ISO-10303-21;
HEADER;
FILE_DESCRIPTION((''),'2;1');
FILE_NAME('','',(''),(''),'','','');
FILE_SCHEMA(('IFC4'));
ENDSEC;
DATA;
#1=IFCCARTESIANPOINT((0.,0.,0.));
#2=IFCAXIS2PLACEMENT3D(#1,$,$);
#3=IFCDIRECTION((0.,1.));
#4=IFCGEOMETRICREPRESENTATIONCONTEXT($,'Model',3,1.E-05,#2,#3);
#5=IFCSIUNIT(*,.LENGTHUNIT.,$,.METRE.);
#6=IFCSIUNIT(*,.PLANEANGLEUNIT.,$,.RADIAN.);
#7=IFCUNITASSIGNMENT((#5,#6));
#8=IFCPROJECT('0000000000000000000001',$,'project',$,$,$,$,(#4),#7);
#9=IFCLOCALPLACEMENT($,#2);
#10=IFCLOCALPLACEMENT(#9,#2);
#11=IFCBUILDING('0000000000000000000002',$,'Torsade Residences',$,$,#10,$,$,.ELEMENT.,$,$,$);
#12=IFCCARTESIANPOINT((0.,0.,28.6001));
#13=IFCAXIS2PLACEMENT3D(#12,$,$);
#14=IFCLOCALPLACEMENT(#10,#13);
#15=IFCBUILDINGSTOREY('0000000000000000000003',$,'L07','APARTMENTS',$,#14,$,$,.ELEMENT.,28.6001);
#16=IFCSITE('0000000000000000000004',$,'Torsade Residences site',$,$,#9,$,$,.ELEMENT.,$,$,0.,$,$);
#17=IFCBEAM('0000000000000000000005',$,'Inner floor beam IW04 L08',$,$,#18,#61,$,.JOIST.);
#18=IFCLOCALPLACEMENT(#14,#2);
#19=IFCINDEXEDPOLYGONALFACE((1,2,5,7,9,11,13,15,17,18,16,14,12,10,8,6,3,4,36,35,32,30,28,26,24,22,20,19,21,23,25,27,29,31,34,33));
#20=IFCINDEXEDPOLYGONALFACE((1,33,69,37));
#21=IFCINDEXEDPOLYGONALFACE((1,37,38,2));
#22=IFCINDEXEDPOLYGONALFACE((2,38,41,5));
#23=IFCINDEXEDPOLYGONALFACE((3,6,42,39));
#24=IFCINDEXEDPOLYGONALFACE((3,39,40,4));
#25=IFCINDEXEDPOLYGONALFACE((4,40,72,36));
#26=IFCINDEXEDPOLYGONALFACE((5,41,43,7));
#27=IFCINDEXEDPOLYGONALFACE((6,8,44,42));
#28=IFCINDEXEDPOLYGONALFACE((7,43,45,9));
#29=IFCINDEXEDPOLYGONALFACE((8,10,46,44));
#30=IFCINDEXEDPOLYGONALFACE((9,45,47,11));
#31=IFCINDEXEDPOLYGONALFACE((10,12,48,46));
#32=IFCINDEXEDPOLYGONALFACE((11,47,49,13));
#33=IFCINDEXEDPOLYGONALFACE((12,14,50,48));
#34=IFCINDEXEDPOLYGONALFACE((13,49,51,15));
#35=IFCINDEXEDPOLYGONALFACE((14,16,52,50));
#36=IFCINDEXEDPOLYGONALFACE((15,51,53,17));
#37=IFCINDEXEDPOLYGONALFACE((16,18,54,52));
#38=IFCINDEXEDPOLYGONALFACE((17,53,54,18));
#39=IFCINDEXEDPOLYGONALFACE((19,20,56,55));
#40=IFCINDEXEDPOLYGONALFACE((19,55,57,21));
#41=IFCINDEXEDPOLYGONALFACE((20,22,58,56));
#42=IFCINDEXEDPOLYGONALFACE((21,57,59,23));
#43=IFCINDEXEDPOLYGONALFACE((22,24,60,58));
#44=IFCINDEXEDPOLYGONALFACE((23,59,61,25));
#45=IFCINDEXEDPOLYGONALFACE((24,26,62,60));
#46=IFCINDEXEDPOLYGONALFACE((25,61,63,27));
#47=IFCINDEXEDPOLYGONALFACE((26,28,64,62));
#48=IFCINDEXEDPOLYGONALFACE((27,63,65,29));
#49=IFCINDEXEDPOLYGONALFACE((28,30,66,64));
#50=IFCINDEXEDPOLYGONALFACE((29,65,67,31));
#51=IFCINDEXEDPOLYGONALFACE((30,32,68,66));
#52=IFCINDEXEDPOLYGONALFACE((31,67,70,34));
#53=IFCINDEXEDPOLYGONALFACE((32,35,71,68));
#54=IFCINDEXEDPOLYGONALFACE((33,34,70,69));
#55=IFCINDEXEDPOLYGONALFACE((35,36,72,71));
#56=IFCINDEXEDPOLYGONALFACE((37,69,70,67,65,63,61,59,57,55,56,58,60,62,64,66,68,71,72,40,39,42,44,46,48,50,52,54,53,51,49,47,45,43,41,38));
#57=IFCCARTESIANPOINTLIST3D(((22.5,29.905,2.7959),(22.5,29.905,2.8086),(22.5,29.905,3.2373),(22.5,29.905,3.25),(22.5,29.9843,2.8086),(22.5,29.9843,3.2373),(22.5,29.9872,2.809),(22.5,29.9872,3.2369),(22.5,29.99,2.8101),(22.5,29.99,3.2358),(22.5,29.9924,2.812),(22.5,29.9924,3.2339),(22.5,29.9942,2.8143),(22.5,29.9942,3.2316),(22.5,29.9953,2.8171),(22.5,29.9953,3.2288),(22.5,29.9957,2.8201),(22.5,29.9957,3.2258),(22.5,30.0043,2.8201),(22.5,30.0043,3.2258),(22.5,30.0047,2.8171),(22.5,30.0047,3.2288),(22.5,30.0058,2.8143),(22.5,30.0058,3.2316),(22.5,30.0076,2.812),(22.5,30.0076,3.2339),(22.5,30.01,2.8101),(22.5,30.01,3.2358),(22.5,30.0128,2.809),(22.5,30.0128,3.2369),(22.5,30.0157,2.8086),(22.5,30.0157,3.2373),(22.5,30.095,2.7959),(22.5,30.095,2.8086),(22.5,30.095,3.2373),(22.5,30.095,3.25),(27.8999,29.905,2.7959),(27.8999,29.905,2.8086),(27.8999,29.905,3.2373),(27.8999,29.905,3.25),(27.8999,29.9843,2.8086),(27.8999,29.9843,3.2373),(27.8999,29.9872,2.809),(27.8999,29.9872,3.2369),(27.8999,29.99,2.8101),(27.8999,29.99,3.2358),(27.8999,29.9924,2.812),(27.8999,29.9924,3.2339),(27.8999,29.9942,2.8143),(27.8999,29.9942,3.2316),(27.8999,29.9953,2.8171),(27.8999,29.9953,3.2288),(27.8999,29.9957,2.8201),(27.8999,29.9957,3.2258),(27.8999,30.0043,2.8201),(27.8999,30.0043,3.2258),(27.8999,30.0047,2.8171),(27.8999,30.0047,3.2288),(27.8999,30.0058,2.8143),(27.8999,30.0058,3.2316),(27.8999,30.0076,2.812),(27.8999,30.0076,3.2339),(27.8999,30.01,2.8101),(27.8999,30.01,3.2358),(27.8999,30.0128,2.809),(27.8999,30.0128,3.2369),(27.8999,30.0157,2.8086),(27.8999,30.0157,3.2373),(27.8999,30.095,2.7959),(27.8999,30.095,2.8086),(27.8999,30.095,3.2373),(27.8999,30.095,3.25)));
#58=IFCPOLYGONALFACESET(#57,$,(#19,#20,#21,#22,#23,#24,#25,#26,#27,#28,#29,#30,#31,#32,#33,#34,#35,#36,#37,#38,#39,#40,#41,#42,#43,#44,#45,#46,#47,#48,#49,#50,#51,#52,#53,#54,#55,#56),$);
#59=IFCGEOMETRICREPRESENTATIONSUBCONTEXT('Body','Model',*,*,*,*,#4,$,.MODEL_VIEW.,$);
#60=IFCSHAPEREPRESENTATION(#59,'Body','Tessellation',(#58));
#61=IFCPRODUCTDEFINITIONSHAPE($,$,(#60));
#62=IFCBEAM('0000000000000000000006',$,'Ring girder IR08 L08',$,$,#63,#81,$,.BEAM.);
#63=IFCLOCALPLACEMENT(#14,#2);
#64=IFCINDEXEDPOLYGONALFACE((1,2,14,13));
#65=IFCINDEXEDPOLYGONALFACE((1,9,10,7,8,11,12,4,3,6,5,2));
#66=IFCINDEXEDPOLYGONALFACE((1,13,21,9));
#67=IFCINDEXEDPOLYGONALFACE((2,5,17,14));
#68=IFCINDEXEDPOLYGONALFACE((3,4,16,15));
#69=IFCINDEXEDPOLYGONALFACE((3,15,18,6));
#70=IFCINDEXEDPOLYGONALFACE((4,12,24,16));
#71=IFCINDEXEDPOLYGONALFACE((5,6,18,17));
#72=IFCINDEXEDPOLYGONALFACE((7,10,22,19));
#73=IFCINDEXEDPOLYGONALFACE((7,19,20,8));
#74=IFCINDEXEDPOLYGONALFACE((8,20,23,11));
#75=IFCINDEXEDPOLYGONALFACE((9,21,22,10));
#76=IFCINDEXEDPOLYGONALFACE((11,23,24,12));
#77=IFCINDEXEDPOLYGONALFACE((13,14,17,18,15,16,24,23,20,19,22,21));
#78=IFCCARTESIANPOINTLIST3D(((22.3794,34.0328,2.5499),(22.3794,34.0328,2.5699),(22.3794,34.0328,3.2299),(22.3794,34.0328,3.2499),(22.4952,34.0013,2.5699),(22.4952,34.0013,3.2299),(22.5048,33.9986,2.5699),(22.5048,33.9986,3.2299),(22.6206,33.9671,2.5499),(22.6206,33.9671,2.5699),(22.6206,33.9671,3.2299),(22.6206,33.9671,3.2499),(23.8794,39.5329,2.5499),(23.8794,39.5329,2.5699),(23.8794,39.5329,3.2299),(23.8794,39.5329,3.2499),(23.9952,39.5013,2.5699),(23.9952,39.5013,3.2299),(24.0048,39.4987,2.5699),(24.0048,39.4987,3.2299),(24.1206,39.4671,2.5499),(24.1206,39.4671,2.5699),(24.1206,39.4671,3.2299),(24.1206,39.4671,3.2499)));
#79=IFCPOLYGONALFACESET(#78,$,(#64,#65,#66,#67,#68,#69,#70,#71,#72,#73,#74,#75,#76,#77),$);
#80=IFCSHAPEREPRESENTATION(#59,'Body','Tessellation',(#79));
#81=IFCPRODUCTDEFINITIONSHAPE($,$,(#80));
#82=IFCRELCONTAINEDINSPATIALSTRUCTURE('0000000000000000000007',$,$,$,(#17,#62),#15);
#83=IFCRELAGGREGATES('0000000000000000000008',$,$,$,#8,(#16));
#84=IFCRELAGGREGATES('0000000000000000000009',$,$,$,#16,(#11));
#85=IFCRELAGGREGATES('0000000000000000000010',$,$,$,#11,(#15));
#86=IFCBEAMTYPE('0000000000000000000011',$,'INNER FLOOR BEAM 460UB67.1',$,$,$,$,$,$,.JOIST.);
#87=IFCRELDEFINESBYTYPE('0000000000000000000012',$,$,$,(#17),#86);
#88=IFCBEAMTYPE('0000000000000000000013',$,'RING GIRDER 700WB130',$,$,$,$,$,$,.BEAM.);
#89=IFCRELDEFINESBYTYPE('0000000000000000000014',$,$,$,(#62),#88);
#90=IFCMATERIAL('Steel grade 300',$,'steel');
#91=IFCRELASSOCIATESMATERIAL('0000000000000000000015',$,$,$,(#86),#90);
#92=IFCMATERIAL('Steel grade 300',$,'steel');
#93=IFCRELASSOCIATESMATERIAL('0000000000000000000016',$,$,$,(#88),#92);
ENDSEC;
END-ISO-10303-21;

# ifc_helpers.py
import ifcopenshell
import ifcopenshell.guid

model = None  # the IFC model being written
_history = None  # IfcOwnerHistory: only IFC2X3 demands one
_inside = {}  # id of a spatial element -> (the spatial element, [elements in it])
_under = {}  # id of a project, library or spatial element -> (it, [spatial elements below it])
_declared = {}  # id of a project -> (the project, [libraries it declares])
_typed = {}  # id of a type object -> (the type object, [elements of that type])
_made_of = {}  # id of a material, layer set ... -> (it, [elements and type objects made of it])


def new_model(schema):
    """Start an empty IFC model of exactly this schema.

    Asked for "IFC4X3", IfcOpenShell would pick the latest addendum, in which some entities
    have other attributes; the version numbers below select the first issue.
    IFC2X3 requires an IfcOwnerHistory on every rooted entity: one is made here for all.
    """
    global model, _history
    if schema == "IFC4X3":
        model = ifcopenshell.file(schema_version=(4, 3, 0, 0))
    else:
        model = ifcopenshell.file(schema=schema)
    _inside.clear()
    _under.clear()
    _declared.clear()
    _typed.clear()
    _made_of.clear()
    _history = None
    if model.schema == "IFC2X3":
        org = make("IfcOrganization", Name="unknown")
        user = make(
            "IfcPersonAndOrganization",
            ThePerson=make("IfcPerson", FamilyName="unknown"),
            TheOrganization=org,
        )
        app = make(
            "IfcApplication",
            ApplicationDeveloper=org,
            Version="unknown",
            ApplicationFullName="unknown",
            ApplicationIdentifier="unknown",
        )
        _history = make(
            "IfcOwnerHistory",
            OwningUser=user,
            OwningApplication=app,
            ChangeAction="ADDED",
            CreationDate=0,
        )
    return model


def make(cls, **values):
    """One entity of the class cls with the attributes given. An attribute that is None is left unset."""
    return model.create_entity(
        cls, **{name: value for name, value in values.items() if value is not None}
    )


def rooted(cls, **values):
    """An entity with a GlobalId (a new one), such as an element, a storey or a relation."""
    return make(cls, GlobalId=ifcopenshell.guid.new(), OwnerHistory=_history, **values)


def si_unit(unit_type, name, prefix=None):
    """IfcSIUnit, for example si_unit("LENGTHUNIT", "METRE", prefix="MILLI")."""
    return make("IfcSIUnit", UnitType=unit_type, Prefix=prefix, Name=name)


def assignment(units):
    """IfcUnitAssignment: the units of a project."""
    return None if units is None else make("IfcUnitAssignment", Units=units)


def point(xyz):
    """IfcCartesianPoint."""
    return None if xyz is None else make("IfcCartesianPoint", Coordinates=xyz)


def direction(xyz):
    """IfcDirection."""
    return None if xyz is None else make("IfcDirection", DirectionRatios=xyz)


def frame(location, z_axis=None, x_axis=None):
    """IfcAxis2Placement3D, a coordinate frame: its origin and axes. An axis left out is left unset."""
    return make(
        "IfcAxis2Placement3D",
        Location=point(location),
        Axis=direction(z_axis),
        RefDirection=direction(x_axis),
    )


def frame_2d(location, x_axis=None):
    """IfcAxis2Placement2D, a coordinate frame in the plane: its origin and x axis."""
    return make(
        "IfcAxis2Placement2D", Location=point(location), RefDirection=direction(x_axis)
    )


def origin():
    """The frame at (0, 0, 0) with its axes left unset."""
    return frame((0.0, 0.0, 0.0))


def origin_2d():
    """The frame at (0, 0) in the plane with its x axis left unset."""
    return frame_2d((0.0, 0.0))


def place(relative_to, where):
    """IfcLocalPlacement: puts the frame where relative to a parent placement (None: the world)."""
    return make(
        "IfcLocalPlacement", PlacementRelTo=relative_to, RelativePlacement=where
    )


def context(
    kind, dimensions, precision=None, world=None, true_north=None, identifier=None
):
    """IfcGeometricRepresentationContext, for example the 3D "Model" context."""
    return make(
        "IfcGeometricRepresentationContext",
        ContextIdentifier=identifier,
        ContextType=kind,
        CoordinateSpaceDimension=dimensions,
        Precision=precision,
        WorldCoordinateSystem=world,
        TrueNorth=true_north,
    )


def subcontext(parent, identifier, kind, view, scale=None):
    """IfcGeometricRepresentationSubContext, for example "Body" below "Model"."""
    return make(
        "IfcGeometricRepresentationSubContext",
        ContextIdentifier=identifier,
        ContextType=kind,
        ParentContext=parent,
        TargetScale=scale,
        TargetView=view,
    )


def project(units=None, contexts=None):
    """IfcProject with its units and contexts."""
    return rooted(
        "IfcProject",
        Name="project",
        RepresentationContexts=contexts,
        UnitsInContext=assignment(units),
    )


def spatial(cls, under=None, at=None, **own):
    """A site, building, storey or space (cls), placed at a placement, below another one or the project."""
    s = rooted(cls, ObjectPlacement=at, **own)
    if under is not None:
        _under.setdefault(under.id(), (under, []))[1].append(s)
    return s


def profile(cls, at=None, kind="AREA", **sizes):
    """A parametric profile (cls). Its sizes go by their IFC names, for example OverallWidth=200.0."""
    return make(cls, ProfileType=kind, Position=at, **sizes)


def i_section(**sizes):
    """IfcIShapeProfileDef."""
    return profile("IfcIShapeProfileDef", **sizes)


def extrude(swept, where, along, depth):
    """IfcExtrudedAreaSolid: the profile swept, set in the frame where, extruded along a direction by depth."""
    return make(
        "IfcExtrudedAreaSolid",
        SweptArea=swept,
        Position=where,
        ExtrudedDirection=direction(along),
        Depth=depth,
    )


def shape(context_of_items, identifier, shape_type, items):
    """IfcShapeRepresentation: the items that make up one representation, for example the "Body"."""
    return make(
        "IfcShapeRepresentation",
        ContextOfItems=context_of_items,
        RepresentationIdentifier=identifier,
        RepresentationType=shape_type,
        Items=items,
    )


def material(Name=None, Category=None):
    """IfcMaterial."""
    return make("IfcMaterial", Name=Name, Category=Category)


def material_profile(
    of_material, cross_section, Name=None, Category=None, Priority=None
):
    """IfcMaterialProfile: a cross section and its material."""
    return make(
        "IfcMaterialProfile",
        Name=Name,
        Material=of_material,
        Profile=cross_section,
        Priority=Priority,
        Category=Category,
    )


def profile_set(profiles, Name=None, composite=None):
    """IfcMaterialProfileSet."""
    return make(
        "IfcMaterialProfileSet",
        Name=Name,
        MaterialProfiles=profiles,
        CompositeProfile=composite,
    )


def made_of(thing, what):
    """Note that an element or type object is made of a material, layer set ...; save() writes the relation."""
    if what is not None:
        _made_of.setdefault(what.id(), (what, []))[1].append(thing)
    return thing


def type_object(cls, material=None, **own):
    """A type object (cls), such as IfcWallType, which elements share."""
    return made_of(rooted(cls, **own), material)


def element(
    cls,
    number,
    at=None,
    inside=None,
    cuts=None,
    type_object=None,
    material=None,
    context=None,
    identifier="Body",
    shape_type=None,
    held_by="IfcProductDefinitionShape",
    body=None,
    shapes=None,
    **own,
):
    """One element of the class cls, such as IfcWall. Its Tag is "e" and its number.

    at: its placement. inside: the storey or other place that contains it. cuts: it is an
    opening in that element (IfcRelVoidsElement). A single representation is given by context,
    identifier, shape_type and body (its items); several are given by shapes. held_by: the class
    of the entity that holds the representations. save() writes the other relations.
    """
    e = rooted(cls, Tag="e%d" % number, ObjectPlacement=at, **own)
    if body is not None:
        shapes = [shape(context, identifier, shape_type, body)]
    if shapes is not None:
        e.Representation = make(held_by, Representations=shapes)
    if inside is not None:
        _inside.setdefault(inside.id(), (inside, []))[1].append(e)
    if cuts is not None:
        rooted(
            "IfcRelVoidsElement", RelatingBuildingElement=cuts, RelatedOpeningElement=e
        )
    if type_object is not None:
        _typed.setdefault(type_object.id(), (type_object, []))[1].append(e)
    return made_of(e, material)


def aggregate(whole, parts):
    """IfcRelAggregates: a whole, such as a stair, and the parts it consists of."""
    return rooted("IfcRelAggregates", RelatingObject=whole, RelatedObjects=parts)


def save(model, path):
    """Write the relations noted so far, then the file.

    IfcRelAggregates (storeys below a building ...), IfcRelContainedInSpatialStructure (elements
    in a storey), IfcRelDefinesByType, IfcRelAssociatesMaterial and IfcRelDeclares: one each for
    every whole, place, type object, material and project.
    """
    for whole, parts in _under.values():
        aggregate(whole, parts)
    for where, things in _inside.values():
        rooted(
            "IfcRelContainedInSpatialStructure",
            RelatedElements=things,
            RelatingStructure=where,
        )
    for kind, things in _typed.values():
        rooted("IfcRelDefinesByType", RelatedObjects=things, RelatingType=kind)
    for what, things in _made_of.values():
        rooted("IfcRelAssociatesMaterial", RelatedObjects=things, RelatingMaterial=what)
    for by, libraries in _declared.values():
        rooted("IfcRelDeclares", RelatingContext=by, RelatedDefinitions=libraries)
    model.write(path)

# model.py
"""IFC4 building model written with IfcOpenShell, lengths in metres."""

from ifc_helpers import new_model, si_unit, direction, frame, origin, origin_2d, place, context, subcontext, project, spatial, i_section, extrude, material, material_profile, profile_set, type_object, element, save


model = new_model("IFC4")

# Units and contexts
model_context = context("Model", 3, precision=1e-05, world=origin(), true_north=direction((0.0, 1.0)))
body_context = subcontext(model_context, "Body", "Model", "MODEL_VIEW")
ifc_project = project(units=[si_unit("LENGTHUNIT", "METRE"), si_unit("PLANEANGLEUNIT", "RADIAN")], contexts=[model_context])

# Site, building, storey
site_placement = place(None, origin())
site = spatial("IfcSite", under=ifc_project, at=site_placement, Name="Torsade Residences site", CompositionType="ELEMENT", RefElevation=0.0)
building_placement = place(site_placement, origin())
building = spatial("IfcBuilding", under=site, at=building_placement, Name="Torsade Residences", CompositionType="ELEMENT")
storey_placement = place(building_placement, frame((0.0, 0.0, 28.6001)))
storey = spatial("IfcBuildingStorey", under=building, at=storey_placement, Name="L07", Description="APARTMENTS", CompositionType="ELEMENT", Elevation=28.6001)

# Beams
ifc_material_1 = material(Name="Steel grade 300", Category="steel")
ifc_material_profile_1 = material_profile(ifc_material_1, i_section(OverallWidth=0.1899, OverallDepth=0.4541, WebThickness=0.0085, FlangeThickness=0.0127, FilletRadius=0.0115, at=origin_2d()), Name="460UB67.1")
ifc_profile_set_1 = profile_set([ifc_material_profile_1], Name="Steel grade 300")
beam_type_1 = type_object("IfcBeamType", Name="INNER FLOOR BEAM 460UB67.1", PredefinedType="JOIST", material=ifc_profile_set_1)
for number, where, z_axis, x_axis, name in (
    (1, (27.8999, 30.0, 3.0229), (-1.0, 0.0, 0.0), (0.0, -1.0, 0.0), "Inner floor beam IW04 L08"),
):
    element("IfcBeam", number, at=place(storey_placement, frame(where, z_axis=z_axis, x_axis=x_axis)), inside=storey, type_object=beam_type_1, Name=name, PredefinedType="JOIST", context=body_context, shape_type="SweptSolid", body=[
        extrude(i_section(OverallWidth=0.1899, OverallDepth=0.4541, WebThickness=0.0085, FlangeThickness=0.0127, FilletRadius=0.0115, at=origin_2d()), origin(), (0.0, 0.0, 1.0), 5.3999),
    ])
ifc_material_2 = material(Name="Steel grade 300", Category="steel")
ifc_material_profile_2 = material_profile(ifc_material_2, i_section(OverallWidth=0.25, OverallDepth=0.7, WebThickness=0.01, FlangeThickness=0.02, at=origin_2d()), Name="700WB130")
ifc_profile_set_2 = profile_set([ifc_material_profile_2], Name="Steel grade 300")
beam_type_2 = type_object("IfcBeamType", Name="RING GIRDER 700WB130", PredefinedType="BEAM", material=ifc_profile_set_2)
beam_1_placement = place(storey_placement, frame((24.0, 39.5, 2.8999), z_axis=(-0.263117, -0.964764, 0.0), x_axis=(0.964764, -0.263117, 0.0)))
element("IfcBeam", 2, at=beam_1_placement, inside=storey, type_object=beam_type_2, Name="Ring girder IR08 L08", PredefinedType="BEAM", context=body_context, shape_type="SweptSolid", body=[
    extrude(i_section(OverallWidth=0.25, OverallDepth=0.7, WebThickness=0.01, FlangeThickness=0.02, at=origin_2d()), origin(), (0.0, 0.0, 1.0), 5.7009),
])

save(model, "model.ifc")
